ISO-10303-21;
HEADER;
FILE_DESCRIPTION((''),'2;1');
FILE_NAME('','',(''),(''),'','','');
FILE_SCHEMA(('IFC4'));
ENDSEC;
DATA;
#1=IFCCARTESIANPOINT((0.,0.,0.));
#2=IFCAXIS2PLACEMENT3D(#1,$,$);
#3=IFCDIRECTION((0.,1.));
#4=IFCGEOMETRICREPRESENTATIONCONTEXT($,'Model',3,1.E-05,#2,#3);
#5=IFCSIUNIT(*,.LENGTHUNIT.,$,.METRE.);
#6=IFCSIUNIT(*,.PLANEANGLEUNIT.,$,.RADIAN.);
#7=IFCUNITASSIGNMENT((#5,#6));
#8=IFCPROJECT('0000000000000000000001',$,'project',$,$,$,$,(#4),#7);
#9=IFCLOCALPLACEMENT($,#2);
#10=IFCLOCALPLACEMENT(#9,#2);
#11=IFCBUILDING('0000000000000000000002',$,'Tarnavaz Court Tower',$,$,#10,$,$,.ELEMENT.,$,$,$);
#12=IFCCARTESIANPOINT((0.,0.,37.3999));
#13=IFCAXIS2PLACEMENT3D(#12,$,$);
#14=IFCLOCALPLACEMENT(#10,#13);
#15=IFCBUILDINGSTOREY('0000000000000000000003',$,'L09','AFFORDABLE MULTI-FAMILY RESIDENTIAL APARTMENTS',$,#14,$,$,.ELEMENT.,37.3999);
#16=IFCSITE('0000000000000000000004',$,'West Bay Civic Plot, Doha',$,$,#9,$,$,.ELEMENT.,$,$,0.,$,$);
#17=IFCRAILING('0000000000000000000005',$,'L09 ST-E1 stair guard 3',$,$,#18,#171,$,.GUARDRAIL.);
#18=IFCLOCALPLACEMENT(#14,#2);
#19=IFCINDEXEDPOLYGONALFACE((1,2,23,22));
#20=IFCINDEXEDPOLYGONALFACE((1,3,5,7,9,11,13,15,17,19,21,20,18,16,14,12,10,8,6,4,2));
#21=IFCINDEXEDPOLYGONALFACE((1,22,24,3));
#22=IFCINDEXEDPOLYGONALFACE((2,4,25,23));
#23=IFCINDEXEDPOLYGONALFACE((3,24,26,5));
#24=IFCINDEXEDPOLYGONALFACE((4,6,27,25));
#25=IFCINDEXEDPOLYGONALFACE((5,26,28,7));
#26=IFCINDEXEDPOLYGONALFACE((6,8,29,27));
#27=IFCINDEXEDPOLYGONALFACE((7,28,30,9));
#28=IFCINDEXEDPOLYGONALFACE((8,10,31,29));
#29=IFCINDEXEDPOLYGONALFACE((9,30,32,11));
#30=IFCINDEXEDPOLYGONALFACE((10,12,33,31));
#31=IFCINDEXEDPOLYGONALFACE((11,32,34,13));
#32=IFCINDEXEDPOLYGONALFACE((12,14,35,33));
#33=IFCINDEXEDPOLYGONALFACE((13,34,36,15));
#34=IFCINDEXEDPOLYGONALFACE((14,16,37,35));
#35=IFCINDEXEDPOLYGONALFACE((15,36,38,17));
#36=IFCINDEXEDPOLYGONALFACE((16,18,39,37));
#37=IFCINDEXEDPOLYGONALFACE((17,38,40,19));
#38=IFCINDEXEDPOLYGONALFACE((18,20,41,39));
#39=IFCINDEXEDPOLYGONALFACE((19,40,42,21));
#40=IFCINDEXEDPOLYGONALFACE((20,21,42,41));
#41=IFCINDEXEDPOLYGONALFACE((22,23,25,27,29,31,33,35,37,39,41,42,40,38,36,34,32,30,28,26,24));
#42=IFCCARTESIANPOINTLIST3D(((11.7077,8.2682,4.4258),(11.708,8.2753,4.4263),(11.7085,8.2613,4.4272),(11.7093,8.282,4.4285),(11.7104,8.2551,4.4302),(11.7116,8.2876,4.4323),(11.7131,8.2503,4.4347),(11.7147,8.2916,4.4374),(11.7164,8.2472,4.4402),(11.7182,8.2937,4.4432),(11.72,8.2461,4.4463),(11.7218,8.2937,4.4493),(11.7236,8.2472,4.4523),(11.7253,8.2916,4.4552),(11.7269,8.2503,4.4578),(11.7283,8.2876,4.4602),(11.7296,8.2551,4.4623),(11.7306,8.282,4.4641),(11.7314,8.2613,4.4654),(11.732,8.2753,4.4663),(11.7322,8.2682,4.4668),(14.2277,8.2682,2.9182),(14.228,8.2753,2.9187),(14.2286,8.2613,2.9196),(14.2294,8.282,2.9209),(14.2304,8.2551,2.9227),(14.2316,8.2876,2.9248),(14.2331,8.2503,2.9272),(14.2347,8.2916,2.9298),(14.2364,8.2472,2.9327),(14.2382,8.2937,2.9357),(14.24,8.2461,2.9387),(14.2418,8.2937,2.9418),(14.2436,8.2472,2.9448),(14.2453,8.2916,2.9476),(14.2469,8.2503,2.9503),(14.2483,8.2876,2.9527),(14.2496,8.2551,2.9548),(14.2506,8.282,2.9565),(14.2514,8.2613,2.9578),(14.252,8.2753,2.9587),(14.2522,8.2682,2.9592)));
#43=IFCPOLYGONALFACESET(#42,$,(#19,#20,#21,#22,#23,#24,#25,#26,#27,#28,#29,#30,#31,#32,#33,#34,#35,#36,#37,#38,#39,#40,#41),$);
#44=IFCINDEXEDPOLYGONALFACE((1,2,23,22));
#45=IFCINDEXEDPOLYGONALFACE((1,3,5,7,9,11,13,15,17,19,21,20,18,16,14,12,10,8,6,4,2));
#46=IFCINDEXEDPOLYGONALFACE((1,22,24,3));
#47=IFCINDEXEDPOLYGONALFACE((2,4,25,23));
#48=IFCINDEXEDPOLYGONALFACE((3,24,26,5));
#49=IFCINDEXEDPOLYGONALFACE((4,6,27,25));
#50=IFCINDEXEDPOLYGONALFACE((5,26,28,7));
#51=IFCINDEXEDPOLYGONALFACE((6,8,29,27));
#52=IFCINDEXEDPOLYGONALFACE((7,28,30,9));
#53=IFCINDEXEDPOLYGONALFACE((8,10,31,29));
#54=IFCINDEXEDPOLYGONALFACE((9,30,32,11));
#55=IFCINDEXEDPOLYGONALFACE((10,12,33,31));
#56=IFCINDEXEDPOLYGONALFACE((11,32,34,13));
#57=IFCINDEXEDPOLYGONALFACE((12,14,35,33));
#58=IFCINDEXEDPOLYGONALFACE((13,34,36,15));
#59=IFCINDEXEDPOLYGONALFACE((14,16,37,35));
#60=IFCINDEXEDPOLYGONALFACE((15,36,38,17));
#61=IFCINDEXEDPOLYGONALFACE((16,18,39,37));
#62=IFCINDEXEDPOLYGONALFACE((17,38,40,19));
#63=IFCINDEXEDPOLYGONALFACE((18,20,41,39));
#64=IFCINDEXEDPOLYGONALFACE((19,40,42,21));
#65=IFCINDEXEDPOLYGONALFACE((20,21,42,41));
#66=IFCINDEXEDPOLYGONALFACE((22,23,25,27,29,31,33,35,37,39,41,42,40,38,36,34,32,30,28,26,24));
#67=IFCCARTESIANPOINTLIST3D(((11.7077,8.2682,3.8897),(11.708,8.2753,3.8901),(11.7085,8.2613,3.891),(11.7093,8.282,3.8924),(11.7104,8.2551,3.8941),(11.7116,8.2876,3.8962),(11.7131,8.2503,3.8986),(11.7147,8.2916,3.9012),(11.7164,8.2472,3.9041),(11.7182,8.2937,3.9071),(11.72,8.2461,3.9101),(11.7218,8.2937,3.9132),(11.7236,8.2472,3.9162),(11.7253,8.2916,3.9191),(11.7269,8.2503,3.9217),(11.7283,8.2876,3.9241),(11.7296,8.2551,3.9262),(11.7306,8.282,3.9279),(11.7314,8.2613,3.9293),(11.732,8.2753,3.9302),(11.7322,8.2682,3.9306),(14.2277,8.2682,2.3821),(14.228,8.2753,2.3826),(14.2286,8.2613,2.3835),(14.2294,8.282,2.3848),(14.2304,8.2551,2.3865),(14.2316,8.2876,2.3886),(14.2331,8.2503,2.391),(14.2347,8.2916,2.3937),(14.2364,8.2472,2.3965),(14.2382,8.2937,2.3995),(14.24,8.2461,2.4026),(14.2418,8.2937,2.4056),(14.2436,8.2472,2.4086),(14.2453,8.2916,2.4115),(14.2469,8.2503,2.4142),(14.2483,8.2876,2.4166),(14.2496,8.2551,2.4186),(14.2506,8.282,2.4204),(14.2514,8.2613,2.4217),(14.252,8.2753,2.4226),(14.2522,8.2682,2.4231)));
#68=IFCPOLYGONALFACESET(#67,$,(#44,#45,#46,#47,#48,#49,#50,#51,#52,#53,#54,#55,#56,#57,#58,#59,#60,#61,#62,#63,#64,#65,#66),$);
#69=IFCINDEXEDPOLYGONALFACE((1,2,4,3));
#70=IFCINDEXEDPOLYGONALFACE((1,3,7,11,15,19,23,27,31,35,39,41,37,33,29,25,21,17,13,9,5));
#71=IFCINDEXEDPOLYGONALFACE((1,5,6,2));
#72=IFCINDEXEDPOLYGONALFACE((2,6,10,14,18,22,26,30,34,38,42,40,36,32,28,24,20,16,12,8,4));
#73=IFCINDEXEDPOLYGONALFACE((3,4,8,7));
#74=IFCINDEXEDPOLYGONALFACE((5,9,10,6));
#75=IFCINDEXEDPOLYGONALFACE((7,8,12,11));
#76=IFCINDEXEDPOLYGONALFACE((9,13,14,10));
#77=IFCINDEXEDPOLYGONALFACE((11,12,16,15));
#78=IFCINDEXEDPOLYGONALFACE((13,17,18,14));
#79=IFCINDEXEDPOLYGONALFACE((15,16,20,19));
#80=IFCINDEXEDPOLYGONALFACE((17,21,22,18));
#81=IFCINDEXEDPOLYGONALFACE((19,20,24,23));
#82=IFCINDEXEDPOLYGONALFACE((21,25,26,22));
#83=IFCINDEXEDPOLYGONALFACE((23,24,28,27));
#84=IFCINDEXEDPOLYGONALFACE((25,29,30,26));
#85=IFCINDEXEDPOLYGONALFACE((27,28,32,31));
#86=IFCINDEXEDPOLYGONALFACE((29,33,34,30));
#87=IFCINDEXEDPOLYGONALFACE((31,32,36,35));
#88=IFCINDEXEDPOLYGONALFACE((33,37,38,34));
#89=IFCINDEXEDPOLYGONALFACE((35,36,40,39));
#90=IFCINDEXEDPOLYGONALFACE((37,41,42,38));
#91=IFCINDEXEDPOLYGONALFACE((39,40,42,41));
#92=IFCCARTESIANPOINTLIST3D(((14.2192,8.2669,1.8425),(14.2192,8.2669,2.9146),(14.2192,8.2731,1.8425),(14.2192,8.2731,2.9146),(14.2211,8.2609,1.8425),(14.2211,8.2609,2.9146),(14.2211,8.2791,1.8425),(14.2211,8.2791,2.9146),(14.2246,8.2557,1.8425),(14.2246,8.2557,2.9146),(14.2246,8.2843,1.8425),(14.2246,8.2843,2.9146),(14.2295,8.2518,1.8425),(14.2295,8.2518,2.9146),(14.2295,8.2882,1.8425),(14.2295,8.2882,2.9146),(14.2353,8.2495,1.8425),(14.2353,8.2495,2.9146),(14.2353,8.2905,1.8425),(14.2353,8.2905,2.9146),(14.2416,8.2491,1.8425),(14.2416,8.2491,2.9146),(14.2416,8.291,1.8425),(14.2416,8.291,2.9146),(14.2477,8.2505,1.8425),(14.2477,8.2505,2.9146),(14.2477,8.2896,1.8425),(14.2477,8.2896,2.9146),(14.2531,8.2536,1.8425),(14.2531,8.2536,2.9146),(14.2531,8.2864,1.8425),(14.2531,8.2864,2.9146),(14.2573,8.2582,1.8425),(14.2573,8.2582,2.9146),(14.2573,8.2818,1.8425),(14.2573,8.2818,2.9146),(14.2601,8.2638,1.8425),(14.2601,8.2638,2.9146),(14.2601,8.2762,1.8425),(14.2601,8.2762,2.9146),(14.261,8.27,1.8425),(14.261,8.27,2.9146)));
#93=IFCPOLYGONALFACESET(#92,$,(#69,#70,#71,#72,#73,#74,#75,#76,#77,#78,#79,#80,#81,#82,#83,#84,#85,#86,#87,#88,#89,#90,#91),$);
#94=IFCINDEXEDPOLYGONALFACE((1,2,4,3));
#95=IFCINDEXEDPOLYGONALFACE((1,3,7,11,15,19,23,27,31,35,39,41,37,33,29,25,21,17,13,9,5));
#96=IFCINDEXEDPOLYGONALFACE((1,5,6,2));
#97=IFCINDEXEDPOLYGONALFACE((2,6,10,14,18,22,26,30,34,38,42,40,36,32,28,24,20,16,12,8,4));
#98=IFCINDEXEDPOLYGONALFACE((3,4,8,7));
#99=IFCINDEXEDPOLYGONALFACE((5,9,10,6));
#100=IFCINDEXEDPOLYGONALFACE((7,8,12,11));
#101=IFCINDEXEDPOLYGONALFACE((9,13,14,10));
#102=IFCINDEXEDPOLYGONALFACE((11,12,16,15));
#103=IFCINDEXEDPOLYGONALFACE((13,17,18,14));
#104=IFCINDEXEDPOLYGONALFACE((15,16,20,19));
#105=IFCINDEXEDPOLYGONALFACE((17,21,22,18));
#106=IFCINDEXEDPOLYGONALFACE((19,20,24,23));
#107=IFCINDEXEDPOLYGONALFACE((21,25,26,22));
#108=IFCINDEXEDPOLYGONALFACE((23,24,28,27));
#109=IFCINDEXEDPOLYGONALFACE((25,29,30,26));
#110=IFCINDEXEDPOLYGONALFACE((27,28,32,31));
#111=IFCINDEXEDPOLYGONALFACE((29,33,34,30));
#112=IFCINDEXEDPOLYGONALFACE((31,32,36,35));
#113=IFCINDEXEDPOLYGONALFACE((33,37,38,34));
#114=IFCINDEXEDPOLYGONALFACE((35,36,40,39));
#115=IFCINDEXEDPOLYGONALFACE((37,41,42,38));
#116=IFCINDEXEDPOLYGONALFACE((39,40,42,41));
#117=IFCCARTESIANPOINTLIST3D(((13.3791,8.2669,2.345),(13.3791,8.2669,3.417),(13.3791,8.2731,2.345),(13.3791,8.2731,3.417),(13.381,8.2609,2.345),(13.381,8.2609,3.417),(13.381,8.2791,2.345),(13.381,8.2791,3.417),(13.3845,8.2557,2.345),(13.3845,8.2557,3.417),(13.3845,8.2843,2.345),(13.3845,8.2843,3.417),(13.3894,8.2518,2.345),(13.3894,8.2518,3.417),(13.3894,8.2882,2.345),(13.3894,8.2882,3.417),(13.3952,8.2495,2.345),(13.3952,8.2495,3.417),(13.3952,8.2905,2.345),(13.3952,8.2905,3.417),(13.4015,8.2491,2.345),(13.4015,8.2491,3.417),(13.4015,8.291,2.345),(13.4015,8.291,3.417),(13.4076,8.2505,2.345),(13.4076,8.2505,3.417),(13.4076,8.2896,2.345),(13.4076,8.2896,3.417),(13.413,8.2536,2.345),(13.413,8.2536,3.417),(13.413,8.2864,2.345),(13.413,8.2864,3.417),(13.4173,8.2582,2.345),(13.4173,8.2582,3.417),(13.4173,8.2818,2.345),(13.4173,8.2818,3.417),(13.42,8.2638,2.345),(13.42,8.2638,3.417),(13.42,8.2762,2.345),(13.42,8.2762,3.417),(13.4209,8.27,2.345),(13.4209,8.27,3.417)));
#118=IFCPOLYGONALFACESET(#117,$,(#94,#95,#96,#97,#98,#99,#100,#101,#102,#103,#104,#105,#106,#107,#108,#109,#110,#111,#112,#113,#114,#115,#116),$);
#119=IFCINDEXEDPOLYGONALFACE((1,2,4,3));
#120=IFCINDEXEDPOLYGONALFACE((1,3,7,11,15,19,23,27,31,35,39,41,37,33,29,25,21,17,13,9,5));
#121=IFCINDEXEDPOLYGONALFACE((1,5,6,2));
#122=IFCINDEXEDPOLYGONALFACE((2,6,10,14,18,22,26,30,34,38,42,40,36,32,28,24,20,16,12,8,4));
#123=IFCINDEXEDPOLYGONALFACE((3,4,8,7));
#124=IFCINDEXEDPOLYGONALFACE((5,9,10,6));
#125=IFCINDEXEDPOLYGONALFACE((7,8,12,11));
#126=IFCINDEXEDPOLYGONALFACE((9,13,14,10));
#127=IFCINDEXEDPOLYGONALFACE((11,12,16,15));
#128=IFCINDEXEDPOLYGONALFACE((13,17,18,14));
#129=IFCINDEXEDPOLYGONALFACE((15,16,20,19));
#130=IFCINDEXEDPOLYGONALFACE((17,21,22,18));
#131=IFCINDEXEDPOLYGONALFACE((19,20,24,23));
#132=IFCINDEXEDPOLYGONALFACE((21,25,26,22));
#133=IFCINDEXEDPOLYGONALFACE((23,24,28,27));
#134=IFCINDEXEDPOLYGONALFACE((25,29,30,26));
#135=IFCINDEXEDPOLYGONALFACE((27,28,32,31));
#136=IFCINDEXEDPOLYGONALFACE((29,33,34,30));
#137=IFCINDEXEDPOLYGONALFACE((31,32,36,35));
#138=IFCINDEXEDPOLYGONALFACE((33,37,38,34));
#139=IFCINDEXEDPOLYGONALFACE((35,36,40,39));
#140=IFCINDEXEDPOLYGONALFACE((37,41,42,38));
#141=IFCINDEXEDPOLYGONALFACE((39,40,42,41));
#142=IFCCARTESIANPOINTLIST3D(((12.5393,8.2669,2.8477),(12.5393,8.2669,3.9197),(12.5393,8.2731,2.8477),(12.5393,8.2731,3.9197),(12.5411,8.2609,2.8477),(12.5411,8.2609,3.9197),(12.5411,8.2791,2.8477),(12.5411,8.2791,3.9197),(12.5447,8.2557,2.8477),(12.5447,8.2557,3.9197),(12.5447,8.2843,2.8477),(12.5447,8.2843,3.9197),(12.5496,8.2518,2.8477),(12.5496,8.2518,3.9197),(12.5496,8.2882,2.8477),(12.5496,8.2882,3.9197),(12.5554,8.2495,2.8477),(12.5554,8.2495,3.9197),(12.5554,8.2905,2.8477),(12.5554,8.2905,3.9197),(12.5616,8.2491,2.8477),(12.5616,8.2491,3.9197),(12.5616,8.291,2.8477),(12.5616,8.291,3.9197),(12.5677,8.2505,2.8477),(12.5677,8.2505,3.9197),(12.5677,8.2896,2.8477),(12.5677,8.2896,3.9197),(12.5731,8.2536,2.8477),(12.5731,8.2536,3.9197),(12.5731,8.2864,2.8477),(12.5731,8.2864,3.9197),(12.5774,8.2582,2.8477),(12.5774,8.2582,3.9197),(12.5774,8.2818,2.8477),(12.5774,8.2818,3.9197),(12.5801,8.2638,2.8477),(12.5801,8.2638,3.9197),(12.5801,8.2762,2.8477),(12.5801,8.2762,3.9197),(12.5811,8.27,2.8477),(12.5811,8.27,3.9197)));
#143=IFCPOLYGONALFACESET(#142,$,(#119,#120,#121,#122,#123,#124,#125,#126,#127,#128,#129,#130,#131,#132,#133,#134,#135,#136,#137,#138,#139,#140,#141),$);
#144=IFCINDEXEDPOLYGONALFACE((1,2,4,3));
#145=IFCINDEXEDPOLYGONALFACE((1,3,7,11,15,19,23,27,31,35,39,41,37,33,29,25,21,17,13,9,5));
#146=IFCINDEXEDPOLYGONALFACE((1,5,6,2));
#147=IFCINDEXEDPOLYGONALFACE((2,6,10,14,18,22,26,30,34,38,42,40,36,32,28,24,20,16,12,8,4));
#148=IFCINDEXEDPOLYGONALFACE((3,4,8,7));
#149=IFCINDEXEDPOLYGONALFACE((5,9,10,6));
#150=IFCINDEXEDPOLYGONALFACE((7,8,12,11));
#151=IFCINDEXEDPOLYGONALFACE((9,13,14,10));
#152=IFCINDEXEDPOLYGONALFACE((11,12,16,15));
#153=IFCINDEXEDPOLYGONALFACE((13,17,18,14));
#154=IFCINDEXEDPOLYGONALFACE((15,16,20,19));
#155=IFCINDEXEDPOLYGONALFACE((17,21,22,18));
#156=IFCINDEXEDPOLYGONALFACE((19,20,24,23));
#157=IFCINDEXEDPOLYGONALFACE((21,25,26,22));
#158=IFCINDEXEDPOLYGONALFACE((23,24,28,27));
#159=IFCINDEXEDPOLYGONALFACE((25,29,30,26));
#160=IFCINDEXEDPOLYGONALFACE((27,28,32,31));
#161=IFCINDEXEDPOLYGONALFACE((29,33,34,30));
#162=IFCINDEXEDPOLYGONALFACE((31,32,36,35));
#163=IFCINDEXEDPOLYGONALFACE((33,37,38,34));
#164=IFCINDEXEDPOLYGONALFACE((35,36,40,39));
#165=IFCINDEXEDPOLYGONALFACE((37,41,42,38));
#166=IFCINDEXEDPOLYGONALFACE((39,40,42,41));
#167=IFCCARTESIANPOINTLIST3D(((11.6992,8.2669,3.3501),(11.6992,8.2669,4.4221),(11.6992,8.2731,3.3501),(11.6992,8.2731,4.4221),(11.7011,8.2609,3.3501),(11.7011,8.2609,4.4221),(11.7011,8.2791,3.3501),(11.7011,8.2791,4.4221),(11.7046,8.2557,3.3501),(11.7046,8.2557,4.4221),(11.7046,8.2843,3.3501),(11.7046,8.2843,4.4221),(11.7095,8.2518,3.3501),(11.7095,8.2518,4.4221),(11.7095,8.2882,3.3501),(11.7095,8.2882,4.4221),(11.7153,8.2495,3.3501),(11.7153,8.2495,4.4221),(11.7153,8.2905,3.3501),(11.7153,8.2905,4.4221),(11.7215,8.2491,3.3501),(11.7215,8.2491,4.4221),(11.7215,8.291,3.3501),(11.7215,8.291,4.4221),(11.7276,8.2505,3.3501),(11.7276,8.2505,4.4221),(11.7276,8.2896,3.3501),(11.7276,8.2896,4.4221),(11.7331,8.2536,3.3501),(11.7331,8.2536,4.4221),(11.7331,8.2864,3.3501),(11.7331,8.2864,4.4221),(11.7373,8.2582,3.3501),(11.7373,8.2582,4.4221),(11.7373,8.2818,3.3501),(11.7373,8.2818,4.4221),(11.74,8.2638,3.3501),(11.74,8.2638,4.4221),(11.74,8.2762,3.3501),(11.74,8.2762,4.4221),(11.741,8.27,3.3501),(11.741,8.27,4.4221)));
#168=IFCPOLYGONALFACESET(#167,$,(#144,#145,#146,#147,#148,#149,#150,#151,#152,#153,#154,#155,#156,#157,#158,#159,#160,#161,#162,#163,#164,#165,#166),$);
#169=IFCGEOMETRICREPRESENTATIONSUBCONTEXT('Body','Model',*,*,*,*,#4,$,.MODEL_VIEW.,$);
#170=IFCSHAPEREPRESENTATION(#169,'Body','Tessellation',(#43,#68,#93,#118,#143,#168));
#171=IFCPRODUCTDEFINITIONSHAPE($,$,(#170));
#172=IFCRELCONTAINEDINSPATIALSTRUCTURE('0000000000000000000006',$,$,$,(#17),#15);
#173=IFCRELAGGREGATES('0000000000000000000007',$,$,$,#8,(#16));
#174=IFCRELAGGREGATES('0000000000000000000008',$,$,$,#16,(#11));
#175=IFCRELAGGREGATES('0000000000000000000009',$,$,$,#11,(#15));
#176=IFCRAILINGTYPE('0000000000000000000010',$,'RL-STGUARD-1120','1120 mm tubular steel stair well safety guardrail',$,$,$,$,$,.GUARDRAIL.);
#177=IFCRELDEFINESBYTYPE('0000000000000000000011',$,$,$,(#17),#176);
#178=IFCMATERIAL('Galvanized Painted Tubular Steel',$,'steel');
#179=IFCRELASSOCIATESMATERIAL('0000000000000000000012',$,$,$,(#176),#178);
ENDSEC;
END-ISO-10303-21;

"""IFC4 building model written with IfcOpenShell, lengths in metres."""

from ifc_helpers import new_model, si_unit, direction, frame, origin, origin_2d, place, context, subcontext, project, spatial, circle, extrude, material, type_object, element, save


model = new_model("IFC4")

# Units and contexts
model_context = context("Model", 3, precision=1e-05, world=origin(), true_north=direction((0.0, 1.0)))
body_context = subcontext(model_context, "Body", "Model", "MODEL_VIEW")
ifc_project = project(units=[si_unit("LENGTHUNIT", "METRE"), si_unit("PLANEANGLEUNIT", "RADIAN")], contexts=[model_context])

# Site, building, storey
site_placement = place(None, origin())
site = spatial("IfcSite", under=ifc_project, at=site_placement, Name="West Bay Civic Plot, Doha", CompositionType="ELEMENT", RefElevation=0.0)
building_placement = place(site_placement, origin())
building = spatial("IfcBuilding", under=site, at=building_placement, Name="Tarnavaz Court Tower", CompositionType="ELEMENT")
storey_placement = place(building_placement, frame((0.0, 0.0, 37.3999)))
storey = spatial("IfcBuildingStorey", under=building, at=storey_placement, Name="L09", Description="AFFORDABLE MULTI-FAMILY RESIDENTIAL APARTMENTS", CompositionType="ELEMENT", Elevation=37.3999)

# Railing
ifc_material_1 = material(Name="Galvanized Painted Tubular Steel", Category="steel")
railing_type_1 = type_object("IfcRailingType", Name="RL-STGUARD-1120", Description="1120 mm tubular steel stair well safety guardrail", PredefinedType="GUARDRAIL", material=ifc_material_1)
railing_1_placement = place(storey_placement, frame((14.24, 8.27, 1.8425)))
element("IfcRailing", 1, at=railing_1_placement, inside=storey, type_object=railing_type_1, Name="L09 ST-E1 stair guard 3", PredefinedType="GUARDRAIL", context=body_context, shape_type="SweptSolid", body=[
    extrude(circle(Radius=0.0239, at=origin_2d()), frame((0.0, 0.0, 1.0962), z_axis=(-0.85816, 0.0, 0.513383), x_axis=(0.0, -1.0, 0.0)), (0.0, 0.0, 1.0), 2.9365),
    extrude(circle(Radius=0.0239, at=origin_2d()), frame((0.0, 0.0, 0.5601), z_axis=(-0.85816, 0.0, 0.513383), x_axis=(0.0, -1.0, 0.0)), (0.0, 0.0, 1.0), 2.9365),
    extrude(circle(Radius=0.021, at=origin_2d()), origin(), (0.0, 0.0, 1.0), 1.072),
    extrude(circle(Radius=0.021, at=origin_2d()), frame((-0.8401, 0.0, 0.5024)), (0.0, 0.0, 1.0), 1.072),
    extrude(circle(Radius=0.021, at=origin_2d()), frame((-1.6799, 0.0, 1.0051)), (0.0, 0.0, 1.0), 1.072),
    extrude(circle(Radius=0.021, at=origin_2d()), frame((-2.52, 0.0, 1.5076)), (0.0, 0.0, 1.0), 1.072),
])

save(model, "model.ifc")
